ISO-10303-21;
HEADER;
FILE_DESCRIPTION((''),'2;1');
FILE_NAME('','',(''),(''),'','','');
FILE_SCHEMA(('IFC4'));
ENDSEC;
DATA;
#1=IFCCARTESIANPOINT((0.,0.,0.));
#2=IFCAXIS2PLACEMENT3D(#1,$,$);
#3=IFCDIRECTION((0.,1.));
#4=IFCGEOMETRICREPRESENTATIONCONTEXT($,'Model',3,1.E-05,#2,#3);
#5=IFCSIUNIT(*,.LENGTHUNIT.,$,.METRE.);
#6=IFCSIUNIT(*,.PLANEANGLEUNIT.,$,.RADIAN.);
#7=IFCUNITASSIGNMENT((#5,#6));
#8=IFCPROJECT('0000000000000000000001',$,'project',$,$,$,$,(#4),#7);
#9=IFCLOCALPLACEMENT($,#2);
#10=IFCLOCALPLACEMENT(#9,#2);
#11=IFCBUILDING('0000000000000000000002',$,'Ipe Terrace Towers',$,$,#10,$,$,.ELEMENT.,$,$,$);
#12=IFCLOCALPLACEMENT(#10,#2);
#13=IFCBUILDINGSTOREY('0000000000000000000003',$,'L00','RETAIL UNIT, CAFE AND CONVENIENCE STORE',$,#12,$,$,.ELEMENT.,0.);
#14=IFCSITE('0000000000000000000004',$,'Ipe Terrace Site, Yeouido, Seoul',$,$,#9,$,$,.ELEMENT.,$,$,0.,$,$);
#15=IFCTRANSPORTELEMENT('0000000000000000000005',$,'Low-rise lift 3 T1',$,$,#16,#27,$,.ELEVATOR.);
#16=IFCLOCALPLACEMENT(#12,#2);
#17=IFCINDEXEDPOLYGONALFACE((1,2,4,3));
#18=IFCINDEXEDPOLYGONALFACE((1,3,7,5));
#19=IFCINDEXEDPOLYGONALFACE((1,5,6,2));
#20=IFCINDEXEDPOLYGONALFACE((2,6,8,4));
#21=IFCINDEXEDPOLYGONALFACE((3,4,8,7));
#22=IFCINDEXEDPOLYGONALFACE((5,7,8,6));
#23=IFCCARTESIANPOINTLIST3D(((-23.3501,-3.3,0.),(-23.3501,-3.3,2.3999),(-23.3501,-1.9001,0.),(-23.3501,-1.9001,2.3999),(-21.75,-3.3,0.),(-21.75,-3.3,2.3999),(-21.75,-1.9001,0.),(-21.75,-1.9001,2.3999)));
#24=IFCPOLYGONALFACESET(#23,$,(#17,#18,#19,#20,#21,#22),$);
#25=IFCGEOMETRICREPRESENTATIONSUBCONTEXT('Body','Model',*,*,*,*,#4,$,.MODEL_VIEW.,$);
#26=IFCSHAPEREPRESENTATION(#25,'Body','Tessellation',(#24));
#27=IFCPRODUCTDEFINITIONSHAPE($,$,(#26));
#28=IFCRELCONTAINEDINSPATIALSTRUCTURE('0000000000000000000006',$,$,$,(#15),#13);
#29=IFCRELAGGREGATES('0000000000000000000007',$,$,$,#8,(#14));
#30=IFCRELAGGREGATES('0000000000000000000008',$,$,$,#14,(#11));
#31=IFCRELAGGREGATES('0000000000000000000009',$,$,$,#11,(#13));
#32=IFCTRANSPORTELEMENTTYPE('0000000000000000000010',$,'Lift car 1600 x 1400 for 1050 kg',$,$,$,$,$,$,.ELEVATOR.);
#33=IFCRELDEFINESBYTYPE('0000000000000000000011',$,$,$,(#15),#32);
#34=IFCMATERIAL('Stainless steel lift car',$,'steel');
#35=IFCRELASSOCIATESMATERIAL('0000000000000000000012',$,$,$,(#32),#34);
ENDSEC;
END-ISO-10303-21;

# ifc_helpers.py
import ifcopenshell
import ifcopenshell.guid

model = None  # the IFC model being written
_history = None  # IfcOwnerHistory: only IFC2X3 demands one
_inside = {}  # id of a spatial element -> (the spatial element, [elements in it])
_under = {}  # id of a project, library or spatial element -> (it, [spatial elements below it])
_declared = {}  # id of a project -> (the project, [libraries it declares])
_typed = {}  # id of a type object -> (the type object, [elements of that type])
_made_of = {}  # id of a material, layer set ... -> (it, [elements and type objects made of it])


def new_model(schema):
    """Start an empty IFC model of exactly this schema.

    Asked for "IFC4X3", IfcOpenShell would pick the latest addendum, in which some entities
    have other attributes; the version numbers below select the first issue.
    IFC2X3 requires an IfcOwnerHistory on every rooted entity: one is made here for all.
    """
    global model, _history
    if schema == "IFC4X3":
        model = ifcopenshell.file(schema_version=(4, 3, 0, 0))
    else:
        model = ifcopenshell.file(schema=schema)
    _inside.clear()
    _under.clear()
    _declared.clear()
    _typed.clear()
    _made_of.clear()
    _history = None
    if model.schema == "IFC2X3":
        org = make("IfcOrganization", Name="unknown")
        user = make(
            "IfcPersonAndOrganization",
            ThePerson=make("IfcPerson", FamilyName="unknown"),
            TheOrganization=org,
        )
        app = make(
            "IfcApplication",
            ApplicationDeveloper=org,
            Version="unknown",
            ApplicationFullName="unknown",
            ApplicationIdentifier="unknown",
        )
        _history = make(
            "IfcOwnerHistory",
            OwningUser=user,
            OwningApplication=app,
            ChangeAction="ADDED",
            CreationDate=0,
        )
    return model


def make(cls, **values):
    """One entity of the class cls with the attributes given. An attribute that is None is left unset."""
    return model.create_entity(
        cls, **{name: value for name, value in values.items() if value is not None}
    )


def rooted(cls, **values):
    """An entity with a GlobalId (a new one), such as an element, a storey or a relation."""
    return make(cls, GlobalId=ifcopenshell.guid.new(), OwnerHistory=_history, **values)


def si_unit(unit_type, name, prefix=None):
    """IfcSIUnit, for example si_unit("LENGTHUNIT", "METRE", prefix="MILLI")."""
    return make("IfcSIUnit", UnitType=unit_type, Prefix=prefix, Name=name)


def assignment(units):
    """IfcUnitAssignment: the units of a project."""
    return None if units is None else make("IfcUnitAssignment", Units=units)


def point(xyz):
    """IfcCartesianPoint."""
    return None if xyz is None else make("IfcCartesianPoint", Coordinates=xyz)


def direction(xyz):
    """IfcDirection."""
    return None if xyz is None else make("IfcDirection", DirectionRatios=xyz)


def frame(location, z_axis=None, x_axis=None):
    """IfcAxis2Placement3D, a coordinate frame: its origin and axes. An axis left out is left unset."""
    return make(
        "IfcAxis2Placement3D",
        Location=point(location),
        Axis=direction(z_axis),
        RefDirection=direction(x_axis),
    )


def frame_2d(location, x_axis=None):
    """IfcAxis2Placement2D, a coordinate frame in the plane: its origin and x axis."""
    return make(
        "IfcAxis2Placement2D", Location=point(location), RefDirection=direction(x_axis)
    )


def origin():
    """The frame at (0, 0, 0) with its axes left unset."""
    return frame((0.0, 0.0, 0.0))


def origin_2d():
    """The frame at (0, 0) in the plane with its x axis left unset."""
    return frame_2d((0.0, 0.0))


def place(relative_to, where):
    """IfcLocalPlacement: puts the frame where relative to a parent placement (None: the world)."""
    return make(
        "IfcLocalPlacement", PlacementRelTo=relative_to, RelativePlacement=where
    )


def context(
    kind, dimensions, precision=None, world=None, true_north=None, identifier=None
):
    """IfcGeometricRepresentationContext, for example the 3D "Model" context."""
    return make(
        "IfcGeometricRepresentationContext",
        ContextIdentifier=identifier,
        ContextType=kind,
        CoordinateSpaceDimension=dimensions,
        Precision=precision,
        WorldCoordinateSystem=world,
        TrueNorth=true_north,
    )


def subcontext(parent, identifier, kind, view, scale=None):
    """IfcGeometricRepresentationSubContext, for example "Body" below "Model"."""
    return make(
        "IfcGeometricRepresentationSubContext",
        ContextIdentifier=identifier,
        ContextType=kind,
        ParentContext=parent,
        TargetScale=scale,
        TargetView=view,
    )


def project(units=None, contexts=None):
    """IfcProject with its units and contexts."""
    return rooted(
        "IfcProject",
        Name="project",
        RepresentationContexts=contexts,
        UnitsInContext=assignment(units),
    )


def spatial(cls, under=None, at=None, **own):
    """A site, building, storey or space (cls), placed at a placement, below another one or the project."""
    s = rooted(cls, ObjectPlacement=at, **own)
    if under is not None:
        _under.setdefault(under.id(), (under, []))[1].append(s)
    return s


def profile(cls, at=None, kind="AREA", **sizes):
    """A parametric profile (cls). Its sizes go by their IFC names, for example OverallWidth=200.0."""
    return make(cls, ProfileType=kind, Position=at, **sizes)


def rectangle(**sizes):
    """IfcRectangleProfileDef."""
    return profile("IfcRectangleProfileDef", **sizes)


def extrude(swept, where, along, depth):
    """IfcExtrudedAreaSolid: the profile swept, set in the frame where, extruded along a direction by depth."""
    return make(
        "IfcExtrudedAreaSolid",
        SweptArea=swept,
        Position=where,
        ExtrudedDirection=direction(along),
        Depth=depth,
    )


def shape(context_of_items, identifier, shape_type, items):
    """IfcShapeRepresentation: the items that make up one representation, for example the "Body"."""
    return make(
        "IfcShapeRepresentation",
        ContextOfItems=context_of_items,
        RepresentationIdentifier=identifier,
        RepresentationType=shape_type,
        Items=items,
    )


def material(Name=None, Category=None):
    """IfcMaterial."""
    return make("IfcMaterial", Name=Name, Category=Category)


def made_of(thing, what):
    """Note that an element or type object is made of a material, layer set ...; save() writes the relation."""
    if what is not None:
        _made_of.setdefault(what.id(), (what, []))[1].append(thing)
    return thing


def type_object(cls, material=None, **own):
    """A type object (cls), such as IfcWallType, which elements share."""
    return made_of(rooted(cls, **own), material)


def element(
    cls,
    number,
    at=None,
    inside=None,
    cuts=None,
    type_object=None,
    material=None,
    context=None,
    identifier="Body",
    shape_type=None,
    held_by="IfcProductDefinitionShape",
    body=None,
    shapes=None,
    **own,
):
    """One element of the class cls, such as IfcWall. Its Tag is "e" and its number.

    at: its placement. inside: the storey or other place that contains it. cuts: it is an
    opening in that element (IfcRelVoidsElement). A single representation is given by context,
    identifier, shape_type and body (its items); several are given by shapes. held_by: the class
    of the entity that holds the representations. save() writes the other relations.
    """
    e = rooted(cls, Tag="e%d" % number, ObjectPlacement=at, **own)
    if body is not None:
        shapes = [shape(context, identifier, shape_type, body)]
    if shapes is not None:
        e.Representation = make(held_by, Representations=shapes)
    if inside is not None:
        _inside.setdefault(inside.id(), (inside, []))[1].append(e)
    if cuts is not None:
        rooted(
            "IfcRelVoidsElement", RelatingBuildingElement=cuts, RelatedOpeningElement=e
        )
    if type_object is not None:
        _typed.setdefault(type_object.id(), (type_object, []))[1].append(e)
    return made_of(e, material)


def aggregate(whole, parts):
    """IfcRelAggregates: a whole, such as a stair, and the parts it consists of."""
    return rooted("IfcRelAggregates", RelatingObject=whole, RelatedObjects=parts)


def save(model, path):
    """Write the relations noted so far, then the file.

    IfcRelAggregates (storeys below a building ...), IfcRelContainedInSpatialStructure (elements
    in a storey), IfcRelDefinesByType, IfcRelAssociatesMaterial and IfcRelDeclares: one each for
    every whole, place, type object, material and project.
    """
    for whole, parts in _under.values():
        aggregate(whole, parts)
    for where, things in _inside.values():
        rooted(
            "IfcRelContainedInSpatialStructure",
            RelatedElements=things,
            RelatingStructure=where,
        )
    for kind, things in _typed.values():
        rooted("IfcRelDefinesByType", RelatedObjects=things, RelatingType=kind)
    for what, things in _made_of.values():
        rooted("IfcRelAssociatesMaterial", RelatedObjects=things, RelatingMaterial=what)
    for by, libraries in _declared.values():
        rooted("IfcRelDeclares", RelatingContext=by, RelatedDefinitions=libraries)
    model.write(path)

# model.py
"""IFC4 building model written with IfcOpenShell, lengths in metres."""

from ifc_helpers import new_model, si_unit, direction, frame, origin, origin_2d, place, context, subcontext, project, spatial, rectangle, extrude, material, type_object, element, save


model = new_model("IFC4")

# Units and contexts
model_context = context("Model", 3, precision=1e-05, world=origin(), true_north=direction((0.0, 1.0)))
body_context = subcontext(model_context, "Body", "Model", "MODEL_VIEW")
ifc_project = project(units=[si_unit("LENGTHUNIT", "METRE"), si_unit("PLANEANGLEUNIT", "RADIAN")], contexts=[model_context])

# Site, building, storey
site_placement = place(None, origin())
site = spatial("IfcSite", under=ifc_project, at=site_placement, Name="Ipe Terrace Site, Yeouido, Seoul", CompositionType="ELEMENT", RefElevation=0.0)
building_placement = place(site_placement, origin())
building = spatial("IfcBuilding", under=site, at=building_placement, Name="Ipe Terrace Towers", CompositionType="ELEMENT")
storey_placement = place(building_placement, origin())
storey = spatial("IfcBuildingStorey", under=building, at=storey_placement, Name="L00", Description="RETAIL UNIT, CAFE AND CONVENIENCE STORE", CompositionType="ELEMENT", Elevation=0.0)

# Transport element
ifc_material_1 = material(Name="Stainless steel lift car", Category="steel")
transport_element_type = type_object("IfcTransportElementType", Name="Lift car 1600 x 1400 for 1050 kg", PredefinedType="ELEVATOR", material=ifc_material_1)
transport_element_placement = place(storey_placement, frame((-22.55, -2.6001, 0.0), z_axis=(0.0, 0.0, 1.0), x_axis=(1.0, 0.0, 0.0)))
element("IfcTransportElement", 1, at=transport_element_placement, inside=storey, type_object=transport_element_type, Name="Low-rise lift 3 T1", PredefinedType="ELEVATOR", context=body_context, shape_type="SweptSolid", body=[
    extrude(rectangle(XDim=1.6001, YDim=1.3999, at=origin_2d()), origin(), (0.0, 0.0, 1.0), 2.3999),
])

save(model, "model.ifc")
